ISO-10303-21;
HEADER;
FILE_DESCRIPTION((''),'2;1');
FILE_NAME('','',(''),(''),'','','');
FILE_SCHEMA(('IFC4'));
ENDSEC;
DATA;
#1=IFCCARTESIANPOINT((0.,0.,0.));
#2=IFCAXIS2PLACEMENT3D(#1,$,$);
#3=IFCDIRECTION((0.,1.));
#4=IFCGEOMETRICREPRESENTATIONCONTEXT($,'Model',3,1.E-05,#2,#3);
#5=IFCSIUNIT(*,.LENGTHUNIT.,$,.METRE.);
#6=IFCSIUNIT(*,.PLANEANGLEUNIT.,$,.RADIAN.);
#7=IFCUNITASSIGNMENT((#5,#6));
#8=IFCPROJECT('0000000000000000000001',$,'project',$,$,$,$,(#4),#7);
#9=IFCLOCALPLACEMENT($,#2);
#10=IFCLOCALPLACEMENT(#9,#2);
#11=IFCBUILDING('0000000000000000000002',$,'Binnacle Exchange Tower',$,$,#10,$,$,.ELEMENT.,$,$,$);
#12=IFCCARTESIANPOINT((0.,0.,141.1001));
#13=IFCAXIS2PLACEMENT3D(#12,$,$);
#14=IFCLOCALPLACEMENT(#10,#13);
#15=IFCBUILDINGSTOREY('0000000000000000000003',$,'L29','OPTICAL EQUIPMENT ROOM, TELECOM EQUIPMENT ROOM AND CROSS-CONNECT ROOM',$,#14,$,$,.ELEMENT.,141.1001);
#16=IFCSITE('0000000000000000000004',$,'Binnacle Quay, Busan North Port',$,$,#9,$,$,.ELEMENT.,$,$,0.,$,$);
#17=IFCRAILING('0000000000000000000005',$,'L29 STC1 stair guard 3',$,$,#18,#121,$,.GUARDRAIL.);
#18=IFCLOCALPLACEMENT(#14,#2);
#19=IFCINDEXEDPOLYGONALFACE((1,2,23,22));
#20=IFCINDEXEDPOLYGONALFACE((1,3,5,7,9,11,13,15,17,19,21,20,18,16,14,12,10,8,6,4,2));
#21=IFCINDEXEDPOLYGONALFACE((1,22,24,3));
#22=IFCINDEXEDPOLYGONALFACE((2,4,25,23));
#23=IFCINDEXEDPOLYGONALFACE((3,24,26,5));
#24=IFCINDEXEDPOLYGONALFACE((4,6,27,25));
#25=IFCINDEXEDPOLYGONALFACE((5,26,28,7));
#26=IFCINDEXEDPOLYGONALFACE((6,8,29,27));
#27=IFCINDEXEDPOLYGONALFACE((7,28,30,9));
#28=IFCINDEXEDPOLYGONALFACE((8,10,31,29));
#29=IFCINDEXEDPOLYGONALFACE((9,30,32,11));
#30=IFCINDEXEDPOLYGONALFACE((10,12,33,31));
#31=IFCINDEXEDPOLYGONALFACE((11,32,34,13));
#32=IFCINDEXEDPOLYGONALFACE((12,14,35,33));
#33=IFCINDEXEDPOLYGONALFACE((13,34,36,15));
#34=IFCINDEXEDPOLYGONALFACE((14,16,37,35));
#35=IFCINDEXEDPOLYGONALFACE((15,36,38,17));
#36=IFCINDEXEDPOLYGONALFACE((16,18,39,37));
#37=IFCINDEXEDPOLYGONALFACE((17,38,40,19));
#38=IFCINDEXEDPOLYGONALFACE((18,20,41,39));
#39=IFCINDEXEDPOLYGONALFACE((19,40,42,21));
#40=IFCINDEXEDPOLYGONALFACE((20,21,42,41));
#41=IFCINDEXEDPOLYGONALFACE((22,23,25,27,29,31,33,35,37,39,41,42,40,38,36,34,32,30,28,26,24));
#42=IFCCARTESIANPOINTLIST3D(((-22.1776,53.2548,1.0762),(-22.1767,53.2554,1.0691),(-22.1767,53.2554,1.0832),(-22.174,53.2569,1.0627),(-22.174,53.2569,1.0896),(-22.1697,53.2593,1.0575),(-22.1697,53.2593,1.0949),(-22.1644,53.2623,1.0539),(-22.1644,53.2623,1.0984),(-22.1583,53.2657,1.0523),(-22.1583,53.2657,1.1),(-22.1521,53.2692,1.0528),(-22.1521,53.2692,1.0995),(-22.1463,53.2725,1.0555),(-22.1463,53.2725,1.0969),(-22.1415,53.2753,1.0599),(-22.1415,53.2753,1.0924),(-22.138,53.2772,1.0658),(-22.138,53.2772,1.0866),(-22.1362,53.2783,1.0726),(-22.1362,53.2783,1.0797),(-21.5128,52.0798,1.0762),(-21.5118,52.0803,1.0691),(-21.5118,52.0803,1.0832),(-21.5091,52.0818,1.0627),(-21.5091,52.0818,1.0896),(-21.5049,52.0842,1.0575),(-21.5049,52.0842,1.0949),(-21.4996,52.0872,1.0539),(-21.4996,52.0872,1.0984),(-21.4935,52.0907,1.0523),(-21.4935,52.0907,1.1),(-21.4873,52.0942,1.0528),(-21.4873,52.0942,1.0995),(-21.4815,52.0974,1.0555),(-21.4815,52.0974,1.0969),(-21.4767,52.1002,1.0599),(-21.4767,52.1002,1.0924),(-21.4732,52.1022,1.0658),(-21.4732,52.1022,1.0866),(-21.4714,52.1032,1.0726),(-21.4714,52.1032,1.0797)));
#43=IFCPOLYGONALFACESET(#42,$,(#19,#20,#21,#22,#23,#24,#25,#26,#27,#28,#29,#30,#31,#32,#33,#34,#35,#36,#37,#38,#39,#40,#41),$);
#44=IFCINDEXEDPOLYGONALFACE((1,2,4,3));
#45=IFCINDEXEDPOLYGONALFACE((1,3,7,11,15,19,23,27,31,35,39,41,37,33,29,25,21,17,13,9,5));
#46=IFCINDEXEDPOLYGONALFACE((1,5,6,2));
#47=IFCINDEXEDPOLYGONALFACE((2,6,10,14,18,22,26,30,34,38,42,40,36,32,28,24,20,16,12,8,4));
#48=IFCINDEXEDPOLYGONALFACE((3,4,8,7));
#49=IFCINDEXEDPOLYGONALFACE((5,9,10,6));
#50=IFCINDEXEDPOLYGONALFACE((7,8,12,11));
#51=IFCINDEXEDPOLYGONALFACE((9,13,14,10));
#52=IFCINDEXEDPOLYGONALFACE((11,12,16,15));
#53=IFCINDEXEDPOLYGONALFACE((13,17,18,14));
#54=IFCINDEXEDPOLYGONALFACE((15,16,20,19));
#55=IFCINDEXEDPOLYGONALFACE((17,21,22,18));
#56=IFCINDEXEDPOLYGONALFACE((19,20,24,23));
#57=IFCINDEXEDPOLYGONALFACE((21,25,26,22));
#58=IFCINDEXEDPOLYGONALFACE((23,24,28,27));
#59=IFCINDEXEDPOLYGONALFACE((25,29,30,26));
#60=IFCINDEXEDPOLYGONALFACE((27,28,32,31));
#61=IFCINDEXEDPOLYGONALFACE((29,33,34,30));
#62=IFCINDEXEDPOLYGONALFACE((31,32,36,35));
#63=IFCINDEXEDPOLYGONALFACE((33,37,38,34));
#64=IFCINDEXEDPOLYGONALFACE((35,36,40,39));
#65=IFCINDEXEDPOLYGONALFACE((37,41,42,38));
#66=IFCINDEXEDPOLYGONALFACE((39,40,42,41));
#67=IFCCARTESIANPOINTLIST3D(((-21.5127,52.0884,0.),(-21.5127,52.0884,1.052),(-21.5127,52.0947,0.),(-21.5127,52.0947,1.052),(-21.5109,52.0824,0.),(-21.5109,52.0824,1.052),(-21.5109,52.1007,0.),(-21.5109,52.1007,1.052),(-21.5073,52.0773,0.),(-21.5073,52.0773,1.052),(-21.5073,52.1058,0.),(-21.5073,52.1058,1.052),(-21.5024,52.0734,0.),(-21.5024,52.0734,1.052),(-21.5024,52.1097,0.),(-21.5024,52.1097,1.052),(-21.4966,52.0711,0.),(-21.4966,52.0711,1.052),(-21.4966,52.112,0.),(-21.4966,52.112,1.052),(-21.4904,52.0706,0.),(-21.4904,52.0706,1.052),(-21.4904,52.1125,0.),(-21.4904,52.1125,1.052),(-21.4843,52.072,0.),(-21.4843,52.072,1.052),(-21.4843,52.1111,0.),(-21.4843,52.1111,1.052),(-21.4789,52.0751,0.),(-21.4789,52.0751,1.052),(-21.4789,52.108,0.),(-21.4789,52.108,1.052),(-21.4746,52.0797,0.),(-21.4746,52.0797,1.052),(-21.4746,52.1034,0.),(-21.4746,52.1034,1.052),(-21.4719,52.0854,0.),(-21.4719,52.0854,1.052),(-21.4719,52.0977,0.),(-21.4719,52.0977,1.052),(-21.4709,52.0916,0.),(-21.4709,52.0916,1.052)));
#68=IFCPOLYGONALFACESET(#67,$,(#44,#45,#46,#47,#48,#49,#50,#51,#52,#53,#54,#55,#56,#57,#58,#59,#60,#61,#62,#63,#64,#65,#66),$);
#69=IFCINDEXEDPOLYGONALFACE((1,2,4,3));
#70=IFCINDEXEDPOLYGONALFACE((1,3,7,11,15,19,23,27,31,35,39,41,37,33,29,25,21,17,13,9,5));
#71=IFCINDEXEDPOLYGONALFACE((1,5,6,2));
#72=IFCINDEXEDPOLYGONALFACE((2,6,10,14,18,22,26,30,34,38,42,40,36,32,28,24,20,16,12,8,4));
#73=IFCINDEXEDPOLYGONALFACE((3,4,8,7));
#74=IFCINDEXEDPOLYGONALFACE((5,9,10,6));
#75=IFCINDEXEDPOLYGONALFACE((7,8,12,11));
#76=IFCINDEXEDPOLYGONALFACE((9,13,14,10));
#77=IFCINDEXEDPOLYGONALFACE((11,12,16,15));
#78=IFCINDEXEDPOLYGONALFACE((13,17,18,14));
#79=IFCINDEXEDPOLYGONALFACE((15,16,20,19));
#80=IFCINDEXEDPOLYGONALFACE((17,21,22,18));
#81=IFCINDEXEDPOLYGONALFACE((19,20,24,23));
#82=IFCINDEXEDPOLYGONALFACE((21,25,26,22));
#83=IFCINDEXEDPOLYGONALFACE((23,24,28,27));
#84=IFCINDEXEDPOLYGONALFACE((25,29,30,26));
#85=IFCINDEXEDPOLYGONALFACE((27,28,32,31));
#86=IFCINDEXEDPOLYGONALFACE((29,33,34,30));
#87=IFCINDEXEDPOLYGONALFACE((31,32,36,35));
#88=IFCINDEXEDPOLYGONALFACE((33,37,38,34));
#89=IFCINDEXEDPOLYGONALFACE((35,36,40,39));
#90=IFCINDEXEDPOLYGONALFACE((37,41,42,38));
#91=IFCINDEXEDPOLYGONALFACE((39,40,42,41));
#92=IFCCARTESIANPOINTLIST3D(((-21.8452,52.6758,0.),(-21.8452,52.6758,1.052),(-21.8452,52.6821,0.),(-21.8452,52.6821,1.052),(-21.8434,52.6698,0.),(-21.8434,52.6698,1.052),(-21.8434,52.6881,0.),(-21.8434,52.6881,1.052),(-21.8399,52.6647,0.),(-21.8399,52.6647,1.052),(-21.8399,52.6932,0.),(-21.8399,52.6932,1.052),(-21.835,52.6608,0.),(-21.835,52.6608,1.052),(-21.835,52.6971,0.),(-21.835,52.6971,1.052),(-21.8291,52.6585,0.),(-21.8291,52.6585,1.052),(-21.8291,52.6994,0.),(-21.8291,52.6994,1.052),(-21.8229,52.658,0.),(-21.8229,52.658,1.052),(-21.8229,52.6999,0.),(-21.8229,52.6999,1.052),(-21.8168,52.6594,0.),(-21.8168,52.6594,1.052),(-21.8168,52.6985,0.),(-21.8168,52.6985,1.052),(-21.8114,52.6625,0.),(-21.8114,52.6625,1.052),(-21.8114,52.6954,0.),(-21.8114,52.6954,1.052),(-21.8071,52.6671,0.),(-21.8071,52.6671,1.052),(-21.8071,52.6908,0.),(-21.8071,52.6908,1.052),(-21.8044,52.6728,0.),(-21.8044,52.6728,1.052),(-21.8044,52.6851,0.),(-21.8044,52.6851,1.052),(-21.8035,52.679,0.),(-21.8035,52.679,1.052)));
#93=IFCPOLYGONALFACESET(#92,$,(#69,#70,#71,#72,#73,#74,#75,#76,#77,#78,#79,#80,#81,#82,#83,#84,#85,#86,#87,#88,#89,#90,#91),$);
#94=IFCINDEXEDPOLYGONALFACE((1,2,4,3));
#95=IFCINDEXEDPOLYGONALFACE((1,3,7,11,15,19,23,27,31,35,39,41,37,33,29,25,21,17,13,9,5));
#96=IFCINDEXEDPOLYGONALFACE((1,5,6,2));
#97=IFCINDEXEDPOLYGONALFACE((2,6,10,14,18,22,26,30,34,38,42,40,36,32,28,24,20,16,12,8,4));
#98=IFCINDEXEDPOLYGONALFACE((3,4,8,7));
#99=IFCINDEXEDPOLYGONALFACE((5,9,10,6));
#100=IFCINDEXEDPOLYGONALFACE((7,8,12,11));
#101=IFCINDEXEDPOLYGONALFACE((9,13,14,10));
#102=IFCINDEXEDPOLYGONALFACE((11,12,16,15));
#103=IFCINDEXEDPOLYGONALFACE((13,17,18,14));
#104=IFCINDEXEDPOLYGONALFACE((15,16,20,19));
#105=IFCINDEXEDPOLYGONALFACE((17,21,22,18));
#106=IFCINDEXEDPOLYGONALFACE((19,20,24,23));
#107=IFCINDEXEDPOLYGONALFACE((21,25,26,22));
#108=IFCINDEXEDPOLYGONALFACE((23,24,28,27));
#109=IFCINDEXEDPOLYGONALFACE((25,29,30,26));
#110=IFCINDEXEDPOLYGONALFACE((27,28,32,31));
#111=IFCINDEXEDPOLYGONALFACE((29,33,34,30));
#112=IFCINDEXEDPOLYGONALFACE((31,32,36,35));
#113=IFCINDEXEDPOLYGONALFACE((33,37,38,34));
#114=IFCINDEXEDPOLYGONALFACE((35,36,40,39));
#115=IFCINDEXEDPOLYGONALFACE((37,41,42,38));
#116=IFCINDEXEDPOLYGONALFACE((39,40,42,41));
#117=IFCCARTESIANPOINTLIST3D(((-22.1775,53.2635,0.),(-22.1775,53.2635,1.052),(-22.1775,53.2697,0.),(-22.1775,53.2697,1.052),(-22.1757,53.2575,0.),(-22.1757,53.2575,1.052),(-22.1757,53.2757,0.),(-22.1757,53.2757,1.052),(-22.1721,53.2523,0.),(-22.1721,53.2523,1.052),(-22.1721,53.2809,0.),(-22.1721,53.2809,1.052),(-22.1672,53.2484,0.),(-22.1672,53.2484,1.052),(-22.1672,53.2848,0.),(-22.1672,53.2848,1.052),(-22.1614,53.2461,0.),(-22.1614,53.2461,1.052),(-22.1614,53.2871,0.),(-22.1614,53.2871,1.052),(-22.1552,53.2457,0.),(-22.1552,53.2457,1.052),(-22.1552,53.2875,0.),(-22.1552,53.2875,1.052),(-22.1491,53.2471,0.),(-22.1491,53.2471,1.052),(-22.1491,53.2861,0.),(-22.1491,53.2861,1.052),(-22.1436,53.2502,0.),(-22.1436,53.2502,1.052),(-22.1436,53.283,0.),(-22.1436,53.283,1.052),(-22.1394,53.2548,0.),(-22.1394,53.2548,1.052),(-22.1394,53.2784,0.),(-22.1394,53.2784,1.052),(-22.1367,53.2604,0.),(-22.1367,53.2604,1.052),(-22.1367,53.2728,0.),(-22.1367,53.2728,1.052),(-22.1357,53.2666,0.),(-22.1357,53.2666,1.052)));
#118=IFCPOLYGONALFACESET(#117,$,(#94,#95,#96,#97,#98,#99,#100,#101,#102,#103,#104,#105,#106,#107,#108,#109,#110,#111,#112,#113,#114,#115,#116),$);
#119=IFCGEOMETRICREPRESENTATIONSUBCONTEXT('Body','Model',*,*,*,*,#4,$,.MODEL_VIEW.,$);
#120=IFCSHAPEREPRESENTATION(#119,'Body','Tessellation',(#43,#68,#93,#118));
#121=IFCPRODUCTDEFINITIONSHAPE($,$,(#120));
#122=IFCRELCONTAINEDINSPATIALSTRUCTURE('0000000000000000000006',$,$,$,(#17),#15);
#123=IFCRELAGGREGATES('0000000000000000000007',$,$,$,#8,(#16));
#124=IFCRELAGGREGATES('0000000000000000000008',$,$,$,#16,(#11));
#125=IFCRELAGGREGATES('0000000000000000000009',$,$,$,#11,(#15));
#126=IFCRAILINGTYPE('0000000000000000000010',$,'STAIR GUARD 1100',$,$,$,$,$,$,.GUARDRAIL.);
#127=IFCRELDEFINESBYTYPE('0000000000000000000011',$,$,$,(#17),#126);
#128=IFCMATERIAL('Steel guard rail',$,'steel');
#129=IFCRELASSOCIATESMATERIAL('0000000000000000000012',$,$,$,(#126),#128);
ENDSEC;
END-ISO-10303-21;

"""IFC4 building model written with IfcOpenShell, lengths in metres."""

from ifc_helpers import new_model, si_unit, direction, frame, origin, origin_2d, place, context, subcontext, project, spatial, circle, extrude, material, type_object, element, save


model = new_model("IFC4")

# Units and contexts
model_context = context("Model", 3, precision=1e-05, world=origin(), true_north=direction((0.0, 1.0)))
body_context = subcontext(model_context, "Body", "Model", "MODEL_VIEW")
ifc_project = project(units=[si_unit("LENGTHUNIT", "METRE"), si_unit("PLANEANGLEUNIT", "RADIAN")], contexts=[model_context])

# Site, building, storey
site_placement = place(None, origin())
site = spatial("IfcSite", under=ifc_project, at=site_placement, Name="Binnacle Quay, Busan North Port", CompositionType="ELEMENT", RefElevation=0.0)
building_placement = place(site_placement, origin())
building = spatial("IfcBuilding", under=site, at=building_placement, Name="Binnacle Exchange Tower", CompositionType="ELEMENT")
storey_placement = place(building_placement, frame((0.0, 0.0, 141.1001)))
storey = spatial("IfcBuildingStorey", under=building, at=storey_placement, Name="L29", Description="OPTICAL EQUIPMENT ROOM, TELECOM EQUIPMENT ROOM AND CROSS-CONNECT ROOM", CompositionType="ELEMENT", Elevation=141.1001)

# Railing
ifc_material_1 = material(Name="Steel guard rail", Category="steel")
railing_type_1 = type_object("IfcRailingType", Name="STAIR GUARD 1100", PredefinedType="GUARDRAIL", material=ifc_material_1)
railing_1_placement = place(storey_placement, frame((-21.4919, 52.0916, 0.0)))
element("IfcRailing", 1, at=railing_1_placement, inside=storey, type_object=railing_type_1, Name="L29 STC1 stair guard 3", PredefinedType="GUARDRAIL", context=body_context, shape_type="SweptSolid", body=[
    extrude(circle(Radius=0.0239, at=origin_2d()), frame((0.0, 0.0, 1.0762), z_axis=(-0.492415, 0.870361, 0.0), x_axis=(-0.870361, -0.492415, 0.0)), (0.0, 0.0, 1.0), 1.3501),
    extrude(circle(Radius=0.021, at=origin_2d()), origin(), (0.0, 0.0, 1.0), 1.052),
    extrude(circle(Radius=0.021, at=origin_2d()), frame((-0.3325, 0.5874, 0.0)), (0.0, 0.0, 1.0), 1.052),
    extrude(circle(Radius=0.021, at=origin_2d()), frame((-0.6648, 1.175, 0.0)), (0.0, 0.0, 1.0), 1.052),
])

save(model, "model.ifc")
